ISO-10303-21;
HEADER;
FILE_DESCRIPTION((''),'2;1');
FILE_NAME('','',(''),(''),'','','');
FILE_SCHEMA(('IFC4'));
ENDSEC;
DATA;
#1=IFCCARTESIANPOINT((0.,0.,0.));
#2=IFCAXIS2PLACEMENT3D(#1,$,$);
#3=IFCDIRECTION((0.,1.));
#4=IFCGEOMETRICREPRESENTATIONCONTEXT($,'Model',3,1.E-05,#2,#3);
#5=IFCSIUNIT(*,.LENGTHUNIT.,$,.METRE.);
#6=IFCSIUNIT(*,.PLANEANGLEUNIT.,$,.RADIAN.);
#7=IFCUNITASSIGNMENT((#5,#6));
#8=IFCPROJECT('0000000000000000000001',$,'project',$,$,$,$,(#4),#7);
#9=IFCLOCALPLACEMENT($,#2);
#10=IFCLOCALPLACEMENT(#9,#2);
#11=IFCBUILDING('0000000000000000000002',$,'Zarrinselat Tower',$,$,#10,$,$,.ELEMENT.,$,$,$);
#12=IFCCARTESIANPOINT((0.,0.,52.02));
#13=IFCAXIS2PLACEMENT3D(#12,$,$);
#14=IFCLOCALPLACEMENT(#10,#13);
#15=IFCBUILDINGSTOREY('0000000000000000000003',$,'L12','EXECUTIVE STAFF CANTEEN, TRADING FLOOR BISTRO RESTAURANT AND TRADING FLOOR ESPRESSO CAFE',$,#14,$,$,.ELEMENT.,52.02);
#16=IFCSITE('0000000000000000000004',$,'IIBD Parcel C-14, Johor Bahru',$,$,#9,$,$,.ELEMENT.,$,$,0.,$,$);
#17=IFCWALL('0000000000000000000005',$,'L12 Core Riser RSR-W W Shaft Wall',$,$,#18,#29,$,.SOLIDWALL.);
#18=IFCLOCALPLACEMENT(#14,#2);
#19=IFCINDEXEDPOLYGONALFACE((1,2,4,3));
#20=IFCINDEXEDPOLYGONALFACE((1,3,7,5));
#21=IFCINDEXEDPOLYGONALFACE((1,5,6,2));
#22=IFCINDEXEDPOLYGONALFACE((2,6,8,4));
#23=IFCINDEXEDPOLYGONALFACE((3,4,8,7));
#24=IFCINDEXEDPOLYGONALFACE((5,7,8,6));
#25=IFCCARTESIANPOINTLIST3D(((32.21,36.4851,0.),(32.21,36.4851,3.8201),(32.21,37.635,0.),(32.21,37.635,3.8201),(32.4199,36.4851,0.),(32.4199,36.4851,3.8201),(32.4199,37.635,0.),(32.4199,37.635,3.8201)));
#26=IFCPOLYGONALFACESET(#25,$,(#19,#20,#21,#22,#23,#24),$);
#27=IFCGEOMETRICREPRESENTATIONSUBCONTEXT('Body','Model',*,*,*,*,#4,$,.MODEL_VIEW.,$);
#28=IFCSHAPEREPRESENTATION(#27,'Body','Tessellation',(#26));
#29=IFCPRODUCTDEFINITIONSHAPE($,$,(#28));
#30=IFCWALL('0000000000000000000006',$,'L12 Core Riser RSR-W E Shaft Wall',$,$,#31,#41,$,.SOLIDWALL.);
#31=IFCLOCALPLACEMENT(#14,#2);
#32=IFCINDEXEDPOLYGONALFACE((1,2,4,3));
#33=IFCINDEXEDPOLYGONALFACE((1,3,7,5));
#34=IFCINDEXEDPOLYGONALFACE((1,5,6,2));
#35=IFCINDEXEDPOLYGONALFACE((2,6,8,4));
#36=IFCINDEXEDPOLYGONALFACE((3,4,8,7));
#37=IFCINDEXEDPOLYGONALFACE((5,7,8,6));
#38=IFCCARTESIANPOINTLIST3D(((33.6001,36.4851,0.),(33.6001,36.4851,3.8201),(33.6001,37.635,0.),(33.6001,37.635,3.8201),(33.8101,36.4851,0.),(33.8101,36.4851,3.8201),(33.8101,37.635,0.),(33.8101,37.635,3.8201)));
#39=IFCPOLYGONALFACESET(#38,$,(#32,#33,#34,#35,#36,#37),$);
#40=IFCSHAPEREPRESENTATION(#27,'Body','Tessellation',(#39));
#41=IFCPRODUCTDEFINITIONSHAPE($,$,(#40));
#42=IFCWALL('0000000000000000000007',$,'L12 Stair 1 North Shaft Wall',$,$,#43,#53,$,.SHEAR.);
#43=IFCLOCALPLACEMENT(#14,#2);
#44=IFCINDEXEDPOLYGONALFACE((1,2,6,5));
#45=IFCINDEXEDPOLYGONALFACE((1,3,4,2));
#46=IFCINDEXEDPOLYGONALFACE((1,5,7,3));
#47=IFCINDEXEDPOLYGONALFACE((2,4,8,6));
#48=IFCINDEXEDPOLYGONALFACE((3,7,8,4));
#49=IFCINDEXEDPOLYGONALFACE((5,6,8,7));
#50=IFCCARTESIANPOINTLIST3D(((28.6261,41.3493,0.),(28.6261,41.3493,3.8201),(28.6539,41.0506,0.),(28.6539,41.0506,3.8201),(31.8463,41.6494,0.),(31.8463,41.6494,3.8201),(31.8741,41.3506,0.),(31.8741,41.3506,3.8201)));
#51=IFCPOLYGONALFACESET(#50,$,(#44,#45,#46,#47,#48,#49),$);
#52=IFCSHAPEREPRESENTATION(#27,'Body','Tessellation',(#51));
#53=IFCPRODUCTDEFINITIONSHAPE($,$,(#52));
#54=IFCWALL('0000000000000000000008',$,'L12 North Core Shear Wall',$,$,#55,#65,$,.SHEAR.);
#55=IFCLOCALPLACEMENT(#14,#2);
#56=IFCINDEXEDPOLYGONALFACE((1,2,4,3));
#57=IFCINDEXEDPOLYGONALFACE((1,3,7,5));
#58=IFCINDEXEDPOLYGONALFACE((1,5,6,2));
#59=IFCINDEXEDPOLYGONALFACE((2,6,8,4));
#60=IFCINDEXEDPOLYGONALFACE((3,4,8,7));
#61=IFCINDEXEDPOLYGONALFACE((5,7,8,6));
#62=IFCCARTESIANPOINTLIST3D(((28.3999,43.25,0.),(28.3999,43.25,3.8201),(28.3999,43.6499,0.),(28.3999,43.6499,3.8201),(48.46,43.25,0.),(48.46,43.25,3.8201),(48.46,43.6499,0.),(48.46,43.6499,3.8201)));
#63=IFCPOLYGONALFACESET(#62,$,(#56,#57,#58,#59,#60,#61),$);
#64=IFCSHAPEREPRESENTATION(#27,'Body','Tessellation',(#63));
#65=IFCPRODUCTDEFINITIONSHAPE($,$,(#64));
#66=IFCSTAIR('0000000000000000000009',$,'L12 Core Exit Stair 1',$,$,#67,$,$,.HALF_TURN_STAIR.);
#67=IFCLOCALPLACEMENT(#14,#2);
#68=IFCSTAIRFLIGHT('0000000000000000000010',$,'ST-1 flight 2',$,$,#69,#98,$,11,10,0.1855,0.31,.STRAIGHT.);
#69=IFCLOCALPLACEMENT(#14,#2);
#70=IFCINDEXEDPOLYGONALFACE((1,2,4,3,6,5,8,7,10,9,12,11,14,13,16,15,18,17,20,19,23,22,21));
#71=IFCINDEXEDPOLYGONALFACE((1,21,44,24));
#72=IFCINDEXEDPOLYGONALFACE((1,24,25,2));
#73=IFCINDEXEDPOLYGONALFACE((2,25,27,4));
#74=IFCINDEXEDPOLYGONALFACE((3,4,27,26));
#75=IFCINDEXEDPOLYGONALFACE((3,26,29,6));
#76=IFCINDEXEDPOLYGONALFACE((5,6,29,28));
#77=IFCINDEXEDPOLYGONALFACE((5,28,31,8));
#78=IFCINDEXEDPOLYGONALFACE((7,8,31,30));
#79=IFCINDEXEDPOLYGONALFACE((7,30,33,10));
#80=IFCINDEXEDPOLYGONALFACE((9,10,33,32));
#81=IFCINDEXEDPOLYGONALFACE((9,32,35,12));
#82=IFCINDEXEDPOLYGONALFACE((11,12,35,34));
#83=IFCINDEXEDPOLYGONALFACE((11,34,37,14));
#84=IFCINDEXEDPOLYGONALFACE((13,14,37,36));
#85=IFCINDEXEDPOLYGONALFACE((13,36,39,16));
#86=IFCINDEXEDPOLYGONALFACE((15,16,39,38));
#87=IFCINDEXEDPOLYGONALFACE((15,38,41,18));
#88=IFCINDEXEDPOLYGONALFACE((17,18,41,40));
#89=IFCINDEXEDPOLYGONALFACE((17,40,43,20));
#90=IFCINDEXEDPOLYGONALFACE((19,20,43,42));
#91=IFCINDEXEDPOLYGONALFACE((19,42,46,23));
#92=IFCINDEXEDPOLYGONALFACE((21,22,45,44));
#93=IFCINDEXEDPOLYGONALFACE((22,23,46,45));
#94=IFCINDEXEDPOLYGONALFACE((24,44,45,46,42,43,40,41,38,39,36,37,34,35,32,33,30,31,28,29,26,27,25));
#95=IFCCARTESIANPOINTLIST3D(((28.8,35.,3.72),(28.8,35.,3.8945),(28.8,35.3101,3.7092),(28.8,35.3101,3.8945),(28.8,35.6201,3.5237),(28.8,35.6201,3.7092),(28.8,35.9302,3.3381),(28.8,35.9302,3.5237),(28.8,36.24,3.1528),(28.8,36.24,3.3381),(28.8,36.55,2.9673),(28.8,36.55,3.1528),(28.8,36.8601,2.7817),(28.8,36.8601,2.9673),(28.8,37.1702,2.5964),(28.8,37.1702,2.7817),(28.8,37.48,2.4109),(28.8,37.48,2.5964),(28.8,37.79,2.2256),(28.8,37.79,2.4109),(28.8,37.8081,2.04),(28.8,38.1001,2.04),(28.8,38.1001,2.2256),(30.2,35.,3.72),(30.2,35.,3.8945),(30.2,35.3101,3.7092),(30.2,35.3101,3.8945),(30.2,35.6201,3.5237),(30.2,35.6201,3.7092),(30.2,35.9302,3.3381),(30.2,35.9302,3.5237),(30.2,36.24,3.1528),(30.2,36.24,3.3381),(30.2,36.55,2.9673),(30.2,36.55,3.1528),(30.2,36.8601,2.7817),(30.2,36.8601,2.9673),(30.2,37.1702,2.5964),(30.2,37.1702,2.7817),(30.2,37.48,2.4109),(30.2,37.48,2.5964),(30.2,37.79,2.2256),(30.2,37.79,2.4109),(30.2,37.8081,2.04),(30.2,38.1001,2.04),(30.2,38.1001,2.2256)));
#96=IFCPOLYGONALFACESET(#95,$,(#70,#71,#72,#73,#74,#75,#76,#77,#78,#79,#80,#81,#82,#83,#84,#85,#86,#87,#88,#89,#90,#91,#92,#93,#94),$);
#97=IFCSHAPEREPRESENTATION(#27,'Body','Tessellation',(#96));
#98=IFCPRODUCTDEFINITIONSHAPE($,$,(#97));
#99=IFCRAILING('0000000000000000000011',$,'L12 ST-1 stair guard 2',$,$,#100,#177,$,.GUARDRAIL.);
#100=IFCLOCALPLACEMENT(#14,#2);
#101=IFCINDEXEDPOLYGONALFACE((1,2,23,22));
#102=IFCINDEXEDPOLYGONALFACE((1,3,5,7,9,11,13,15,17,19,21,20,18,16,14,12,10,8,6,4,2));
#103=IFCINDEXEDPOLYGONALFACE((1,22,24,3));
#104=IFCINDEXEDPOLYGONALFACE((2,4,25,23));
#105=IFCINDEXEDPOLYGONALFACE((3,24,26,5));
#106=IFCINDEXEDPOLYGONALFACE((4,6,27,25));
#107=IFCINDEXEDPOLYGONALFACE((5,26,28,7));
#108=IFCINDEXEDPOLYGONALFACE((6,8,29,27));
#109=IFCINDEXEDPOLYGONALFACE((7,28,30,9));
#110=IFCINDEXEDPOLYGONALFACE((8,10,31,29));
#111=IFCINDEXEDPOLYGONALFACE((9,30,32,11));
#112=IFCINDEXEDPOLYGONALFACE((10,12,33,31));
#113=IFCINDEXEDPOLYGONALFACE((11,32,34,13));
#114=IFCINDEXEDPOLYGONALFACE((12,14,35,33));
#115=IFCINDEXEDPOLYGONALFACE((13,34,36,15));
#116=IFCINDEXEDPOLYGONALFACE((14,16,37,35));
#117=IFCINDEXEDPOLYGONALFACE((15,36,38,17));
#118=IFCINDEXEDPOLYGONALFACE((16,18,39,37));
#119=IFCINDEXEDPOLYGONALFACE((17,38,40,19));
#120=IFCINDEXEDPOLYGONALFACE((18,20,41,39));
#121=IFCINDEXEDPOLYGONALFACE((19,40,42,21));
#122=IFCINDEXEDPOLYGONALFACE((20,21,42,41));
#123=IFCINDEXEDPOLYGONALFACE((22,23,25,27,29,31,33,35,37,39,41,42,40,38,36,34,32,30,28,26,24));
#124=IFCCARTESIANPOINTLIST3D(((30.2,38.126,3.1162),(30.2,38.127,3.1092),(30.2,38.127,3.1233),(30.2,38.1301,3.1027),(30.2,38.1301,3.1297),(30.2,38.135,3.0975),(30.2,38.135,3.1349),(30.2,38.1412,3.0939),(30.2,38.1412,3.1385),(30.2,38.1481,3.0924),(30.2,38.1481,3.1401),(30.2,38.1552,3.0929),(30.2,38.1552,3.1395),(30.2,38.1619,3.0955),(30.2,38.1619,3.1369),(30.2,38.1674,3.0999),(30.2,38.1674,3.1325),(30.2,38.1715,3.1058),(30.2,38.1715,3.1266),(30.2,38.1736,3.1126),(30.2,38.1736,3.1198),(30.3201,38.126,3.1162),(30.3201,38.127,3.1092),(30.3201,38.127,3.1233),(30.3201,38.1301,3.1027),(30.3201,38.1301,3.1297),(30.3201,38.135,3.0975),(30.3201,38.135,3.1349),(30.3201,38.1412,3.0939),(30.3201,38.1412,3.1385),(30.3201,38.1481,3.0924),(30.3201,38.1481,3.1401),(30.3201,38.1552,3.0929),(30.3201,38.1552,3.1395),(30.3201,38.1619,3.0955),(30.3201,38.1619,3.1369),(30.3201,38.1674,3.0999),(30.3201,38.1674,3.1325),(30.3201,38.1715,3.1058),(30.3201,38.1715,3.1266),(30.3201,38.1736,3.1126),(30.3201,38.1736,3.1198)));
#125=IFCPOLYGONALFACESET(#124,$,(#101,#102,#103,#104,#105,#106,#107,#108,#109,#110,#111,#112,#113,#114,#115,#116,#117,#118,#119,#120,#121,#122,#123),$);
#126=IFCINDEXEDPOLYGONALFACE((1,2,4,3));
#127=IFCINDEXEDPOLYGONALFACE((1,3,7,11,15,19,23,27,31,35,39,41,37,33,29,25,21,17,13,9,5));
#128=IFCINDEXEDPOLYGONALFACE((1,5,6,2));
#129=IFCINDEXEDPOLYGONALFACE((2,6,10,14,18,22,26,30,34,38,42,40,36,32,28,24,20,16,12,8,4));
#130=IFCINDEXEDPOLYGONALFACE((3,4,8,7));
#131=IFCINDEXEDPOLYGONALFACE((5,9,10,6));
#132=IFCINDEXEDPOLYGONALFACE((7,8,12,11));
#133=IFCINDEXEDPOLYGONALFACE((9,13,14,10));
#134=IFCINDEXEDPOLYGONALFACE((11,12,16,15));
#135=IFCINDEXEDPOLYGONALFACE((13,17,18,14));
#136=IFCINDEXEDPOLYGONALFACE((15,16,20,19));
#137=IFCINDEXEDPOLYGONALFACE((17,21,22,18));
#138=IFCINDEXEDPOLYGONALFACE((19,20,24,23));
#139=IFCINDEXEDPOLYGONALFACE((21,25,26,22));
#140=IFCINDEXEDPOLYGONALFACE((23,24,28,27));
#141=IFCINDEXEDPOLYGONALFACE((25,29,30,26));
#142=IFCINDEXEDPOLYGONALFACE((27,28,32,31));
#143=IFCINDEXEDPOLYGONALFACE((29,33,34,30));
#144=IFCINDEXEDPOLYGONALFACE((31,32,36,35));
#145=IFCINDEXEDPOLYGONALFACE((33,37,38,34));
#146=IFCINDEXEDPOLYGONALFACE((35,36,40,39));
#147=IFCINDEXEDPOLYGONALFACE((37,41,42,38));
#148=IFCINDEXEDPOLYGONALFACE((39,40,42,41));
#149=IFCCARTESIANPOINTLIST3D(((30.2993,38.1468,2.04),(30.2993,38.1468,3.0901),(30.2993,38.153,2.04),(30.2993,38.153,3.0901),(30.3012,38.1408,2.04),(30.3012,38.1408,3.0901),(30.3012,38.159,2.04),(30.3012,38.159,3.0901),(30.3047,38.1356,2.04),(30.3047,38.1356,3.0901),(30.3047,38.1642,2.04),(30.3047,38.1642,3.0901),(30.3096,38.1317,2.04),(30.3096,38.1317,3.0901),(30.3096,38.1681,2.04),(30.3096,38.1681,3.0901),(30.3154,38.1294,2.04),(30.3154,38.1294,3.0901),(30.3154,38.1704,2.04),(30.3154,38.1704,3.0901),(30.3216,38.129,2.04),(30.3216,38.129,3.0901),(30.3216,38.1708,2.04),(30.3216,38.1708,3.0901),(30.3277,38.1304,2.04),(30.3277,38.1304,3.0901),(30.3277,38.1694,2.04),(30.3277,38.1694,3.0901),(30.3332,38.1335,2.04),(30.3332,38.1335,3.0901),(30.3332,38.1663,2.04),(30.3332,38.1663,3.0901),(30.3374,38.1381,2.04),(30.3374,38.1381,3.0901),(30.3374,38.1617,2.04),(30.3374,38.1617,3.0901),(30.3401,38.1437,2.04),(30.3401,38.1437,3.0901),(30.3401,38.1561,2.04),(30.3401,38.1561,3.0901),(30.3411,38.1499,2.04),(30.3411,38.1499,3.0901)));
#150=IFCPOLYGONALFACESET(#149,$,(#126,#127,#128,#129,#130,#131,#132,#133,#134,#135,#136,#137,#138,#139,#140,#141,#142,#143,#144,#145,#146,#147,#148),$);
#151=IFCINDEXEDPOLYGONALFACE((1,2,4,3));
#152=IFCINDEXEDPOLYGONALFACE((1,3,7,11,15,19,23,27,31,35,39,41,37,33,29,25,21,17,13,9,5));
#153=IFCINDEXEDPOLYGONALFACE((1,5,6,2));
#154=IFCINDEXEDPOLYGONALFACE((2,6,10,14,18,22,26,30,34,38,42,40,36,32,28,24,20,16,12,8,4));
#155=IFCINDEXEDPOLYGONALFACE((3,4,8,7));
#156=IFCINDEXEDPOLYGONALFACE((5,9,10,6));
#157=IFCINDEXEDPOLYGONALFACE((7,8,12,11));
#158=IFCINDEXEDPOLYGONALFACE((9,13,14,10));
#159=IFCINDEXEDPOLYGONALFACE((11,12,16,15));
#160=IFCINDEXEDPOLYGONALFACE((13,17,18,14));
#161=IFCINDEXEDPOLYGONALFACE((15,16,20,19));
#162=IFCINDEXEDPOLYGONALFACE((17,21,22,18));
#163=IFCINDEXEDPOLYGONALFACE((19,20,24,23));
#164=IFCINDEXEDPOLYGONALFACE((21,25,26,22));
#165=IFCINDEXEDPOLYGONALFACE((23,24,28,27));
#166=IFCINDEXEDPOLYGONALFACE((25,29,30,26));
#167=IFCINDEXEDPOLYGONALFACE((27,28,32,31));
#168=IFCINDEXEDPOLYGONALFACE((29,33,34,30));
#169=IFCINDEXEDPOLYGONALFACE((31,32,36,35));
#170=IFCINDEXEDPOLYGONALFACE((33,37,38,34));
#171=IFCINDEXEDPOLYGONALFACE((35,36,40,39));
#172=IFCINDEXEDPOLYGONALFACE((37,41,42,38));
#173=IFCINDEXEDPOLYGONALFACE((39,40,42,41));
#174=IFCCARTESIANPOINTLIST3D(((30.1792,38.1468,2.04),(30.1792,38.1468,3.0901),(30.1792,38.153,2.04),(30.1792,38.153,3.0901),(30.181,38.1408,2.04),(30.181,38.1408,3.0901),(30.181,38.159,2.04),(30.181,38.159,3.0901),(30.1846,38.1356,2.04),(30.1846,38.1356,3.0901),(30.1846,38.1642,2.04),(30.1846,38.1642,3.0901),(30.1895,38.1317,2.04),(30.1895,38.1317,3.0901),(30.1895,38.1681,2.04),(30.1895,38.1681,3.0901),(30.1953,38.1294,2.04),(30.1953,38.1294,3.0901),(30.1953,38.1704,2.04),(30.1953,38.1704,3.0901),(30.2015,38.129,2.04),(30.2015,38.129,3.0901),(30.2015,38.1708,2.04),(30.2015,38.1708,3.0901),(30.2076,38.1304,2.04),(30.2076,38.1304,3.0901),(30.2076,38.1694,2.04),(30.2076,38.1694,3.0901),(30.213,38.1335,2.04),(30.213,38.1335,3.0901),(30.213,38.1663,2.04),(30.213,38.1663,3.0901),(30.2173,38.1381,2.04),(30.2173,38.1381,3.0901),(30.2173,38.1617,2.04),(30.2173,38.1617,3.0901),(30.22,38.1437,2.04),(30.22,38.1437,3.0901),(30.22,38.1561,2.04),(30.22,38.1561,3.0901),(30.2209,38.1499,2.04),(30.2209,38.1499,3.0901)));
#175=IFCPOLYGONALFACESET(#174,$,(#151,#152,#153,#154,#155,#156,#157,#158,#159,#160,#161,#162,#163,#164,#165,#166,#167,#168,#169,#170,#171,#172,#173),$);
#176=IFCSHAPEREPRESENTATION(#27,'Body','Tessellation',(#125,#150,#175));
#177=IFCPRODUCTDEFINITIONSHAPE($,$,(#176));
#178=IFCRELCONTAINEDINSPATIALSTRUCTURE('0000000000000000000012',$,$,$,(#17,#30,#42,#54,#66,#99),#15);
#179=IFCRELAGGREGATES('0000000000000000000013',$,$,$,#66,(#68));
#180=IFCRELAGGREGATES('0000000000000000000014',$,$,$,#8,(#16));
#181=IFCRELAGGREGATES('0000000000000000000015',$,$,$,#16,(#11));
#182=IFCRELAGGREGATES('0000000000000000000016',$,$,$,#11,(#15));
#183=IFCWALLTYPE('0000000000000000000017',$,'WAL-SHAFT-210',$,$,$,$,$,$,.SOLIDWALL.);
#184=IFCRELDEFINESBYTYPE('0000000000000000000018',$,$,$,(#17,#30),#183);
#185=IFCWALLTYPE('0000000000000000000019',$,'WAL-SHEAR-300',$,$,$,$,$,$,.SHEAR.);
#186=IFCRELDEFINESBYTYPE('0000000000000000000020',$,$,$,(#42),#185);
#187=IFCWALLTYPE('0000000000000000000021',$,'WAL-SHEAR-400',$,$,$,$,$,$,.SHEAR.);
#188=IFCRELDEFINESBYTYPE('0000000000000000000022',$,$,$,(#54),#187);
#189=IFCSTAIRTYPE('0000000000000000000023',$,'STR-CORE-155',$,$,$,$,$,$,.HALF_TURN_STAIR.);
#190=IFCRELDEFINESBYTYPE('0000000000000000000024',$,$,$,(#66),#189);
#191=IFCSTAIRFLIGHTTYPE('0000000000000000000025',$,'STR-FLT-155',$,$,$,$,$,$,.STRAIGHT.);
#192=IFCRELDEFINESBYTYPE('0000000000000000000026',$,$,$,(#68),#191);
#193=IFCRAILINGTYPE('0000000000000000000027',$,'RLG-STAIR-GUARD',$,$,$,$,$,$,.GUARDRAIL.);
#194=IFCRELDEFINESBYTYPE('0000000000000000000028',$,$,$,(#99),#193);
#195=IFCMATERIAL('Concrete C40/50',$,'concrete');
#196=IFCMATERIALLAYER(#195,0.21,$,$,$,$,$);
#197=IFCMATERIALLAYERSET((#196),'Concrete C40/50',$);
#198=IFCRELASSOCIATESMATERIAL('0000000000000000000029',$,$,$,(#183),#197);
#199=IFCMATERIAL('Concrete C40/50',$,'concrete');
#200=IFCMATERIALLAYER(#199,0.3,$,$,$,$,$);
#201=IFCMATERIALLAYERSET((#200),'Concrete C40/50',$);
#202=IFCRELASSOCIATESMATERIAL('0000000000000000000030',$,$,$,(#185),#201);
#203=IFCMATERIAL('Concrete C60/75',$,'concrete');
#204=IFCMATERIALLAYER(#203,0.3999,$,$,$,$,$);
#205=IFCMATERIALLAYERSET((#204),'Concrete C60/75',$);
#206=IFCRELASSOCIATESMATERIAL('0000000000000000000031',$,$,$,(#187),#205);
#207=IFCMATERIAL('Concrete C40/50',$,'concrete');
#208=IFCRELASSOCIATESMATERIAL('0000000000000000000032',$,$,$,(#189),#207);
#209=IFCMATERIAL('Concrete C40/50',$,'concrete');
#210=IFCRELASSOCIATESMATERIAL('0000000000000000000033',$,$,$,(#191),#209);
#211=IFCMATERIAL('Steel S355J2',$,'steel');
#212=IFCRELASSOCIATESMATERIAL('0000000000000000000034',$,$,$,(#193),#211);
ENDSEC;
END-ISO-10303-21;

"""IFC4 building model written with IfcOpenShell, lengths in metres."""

from ifc_helpers import new_model, si_unit, direction, frame, frame_2d, origin, origin_2d, place, context, subcontext, project, spatial, polyline, rectangle, circle, outline, extrude, material, layer, layer_set, type_object, element, aggregate, save


model = new_model("IFC4")

# Units and contexts
model_context = context("Model", 3, precision=1e-05, world=origin(), true_north=direction((0.0, 1.0)))
body_context = subcontext(model_context, "Body", "Model", "MODEL_VIEW")
ifc_project = project(units=[si_unit("LENGTHUNIT", "METRE"), si_unit("PLANEANGLEUNIT", "RADIAN")], contexts=[model_context])

# Site, building, storey
site_placement = place(None, origin())
site = spatial("IfcSite", under=ifc_project, at=site_placement, Name="IIBD Parcel C-14, Johor Bahru", CompositionType="ELEMENT", RefElevation=0.0)
building_placement = place(site_placement, origin())
building = spatial("IfcBuilding", under=site, at=building_placement, Name="Zarrinselat Tower", CompositionType="ELEMENT")
storey_placement = place(building_placement, frame((0.0, 0.0, 52.02)))
storey = spatial("IfcBuildingStorey", under=building, at=storey_placement, Name="L12", Description="EXECUTIVE STAFF CANTEEN, TRADING FLOOR BISTRO RESTAURANT AND TRADING FLOOR ESPRESSO CAFE", CompositionType="ELEMENT", Elevation=52.02)

# Shared definitions
ifc_material_1 = material(Name="Concrete C40/50", Category="concrete")
ifc_layer_1 = layer(ifc_material_1, 0.21)
ifc_layer_set_1 = layer_set([ifc_layer_1], Name="Concrete C40/50")
wall_type_1 = type_object("IfcWallType", Name="WAL-SHAFT-210", PredefinedType="SOLIDWALL", material=ifc_layer_set_1)

# Walls
for number, where, z_axis, x_axis, name in (
    (1, (32.3149, 36.4851, 0.0), (0.0, 0.0, 1.0), (0.0, 1.0, 0.0), "L12 Core Riser RSR-W W Shaft Wall"),
    (2, (33.7051, 36.4851, 0.0), (0.0, 0.0, 1.0), (0.0, 1.0, 0.0), "L12 Core Riser RSR-W E Shaft Wall"),
):
    element("IfcWall", number, at=place(storey_placement, frame(where, z_axis=z_axis, x_axis=x_axis)), inside=storey, type_object=wall_type_1, Name=name, PredefinedType="SOLIDWALL", context=body_context, shape_type="SweptSolid", body=[
        extrude(rectangle(XDim=1.1499, YDim=0.21, at=frame_2d((0.575, 0.0))), origin(), (0.0, 0.0, 1.0), 3.8201),
    ])
ifc_material_2 = material(Name="Concrete C40/50", Category="concrete")
ifc_layer_2 = layer(ifc_material_2, 0.3)
ifc_layer_set_2 = layer_set([ifc_layer_2], Name="Concrete C40/50")
wall_type_2 = type_object("IfcWallType", Name="WAL-SHEAR-300", PredefinedType="SHEAR", material=ifc_layer_set_2)
wall_1_placement = place(storey_placement, frame((28.6399, 41.2, 0.0), z_axis=(0.0, 0.0, 1.0), x_axis=(0.995687, 0.092775, 0.0)))
element("IfcWall", 3, at=wall_1_placement, inside=storey, type_object=wall_type_2, Name="L12 Stair 1 North Shaft Wall", PredefinedType="SHEAR", context=body_context, shape_type="SweptSolid", body=[
    extrude(rectangle(XDim=3.2341, YDim=0.3, at=frame_2d((1.6172, 0.0))), origin(), (0.0, 0.0, 1.0), 3.8201),
])
ifc_material_3 = material(Name="Concrete C60/75", Category="concrete")
ifc_layer_3 = layer(ifc_material_3, 0.3999)
ifc_layer_set_3 = layer_set([ifc_layer_3], Name="Concrete C60/75")
wall_type_3 = type_object("IfcWallType", Name="WAL-SHEAR-400", PredefinedType="SHEAR", material=ifc_layer_set_3)
wall_2_placement = place(storey_placement, frame((28.3999, 43.45, 0.0), z_axis=(0.0, 0.0, 1.0), x_axis=(1.0, 0.0, 0.0)))
element("IfcWall", 4, at=wall_2_placement, inside=storey, type_object=wall_type_3, Name="L12 North Core Shear Wall", PredefinedType="SHEAR", context=body_context, shape_type="SweptSolid", body=[
    extrude(rectangle(XDim=20.0601, YDim=0.3999, at=frame_2d((10.03, 0.0))), origin(), (0.0, 0.0, 1.0), 3.8201),
])

# Stair, stair flight
ifc_material_4 = material(Name="Concrete C40/50", Category="concrete")
stair_type = type_object("IfcStairType", Name="STR-CORE-155", PredefinedType="HALF_TURN_STAIR", material=ifc_material_4)
stair_placement = place(storey_placement, origin())
stair = element("IfcStair", 5, at=stair_placement, inside=storey, type_object=stair_type, Name="L12 Core Exit Stair 1", PredefinedType="HALF_TURN_STAIR")
ifc_material_5 = material(Name="Concrete C40/50", Category="concrete")
stair_flight_type = type_object("IfcStairFlightType", Name="STR-FLT-155", PredefinedType="STRAIGHT", material=ifc_material_5)
stair_flight_placement = place(storey_placement, frame((29.5, 38.1001, 2.04), z_axis=(0.0, 0.0, 1.0), x_axis=(0.0, -1.0, 0.0)))
stair_flight = element("IfcStairFlight", 6, at=stair_flight_placement, type_object=stair_flight_type, Name="ST-1 flight 2", NumberOfRisers=11, NumberOfTreads=10, PredefinedType="STRAIGHT", RiserHeight=0.1855, TreadLength=0.31, context=body_context, shape_type="SweptSolid", body=[
    extrude(outline(polyline([(0.0, 0.0), (0.0, 0.1855), (0.3101, 0.1855), (0.3101, 0.3708), (0.6201, 0.3708), (0.6201, 0.5564), (0.9299, 0.5564), (0.9299, 0.7417), (1.24, 0.7417), (1.24, 0.9272), (1.55, 0.9272), (1.55, 1.1128), (1.8601, 1.1128), (1.8601, 1.2981), (2.1699, 1.2981), (2.1699, 1.4836), (2.48, 1.4836), (2.48, 1.6692), (2.79, 1.6692), (2.79, 1.8545), (3.1001, 1.8545), (3.1001, 2.04), (3.1001, 1.6799), (0.292, 0.0), (0.0, 0.0)])), frame((0.0, 0.7, 0.0), z_axis=(0.0, -1.0, 0.0), x_axis=(1.0, 0.0, 0.0)), (0.0, 0.0, 1.0), 1.3999),
])
aggregate(stair, [stair_flight])

# Railing
ifc_material_6 = material(Name="Steel S355J2", Category="steel")
railing_type_1 = type_object("IfcRailingType", Name="RLG-STAIR-GUARD", PredefinedType="GUARDRAIL", material=ifc_material_6)
railing_1_placement = place(storey_placement, frame((30.3201, 38.1499, 2.04)))
element("IfcRailing", 7, at=railing_1_placement, inside=storey, type_object=railing_type_1, Name="L12 ST-1 stair guard 2", PredefinedType="GUARDRAIL", context=body_context, shape_type="SweptSolid", body=[
    extrude(circle(Radius=0.0239, at=origin_2d()), frame((0.0, 0.0, 1.0762), z_axis=(-1.0, 0.0, 0.0), x_axis=(0.0, -1.0, 0.0)), (0.0, 0.0, 1.0), 0.1201),
    extrude(circle(Radius=0.021, at=origin_2d()), origin(), (0.0, 0.0, 1.0), 1.05),
    extrude(circle(Radius=0.021, at=origin_2d()), frame((-0.1201, 0.0, 0.0)), (0.0, 0.0, 1.0), 1.05),
])

save(model, "model.ifc")
